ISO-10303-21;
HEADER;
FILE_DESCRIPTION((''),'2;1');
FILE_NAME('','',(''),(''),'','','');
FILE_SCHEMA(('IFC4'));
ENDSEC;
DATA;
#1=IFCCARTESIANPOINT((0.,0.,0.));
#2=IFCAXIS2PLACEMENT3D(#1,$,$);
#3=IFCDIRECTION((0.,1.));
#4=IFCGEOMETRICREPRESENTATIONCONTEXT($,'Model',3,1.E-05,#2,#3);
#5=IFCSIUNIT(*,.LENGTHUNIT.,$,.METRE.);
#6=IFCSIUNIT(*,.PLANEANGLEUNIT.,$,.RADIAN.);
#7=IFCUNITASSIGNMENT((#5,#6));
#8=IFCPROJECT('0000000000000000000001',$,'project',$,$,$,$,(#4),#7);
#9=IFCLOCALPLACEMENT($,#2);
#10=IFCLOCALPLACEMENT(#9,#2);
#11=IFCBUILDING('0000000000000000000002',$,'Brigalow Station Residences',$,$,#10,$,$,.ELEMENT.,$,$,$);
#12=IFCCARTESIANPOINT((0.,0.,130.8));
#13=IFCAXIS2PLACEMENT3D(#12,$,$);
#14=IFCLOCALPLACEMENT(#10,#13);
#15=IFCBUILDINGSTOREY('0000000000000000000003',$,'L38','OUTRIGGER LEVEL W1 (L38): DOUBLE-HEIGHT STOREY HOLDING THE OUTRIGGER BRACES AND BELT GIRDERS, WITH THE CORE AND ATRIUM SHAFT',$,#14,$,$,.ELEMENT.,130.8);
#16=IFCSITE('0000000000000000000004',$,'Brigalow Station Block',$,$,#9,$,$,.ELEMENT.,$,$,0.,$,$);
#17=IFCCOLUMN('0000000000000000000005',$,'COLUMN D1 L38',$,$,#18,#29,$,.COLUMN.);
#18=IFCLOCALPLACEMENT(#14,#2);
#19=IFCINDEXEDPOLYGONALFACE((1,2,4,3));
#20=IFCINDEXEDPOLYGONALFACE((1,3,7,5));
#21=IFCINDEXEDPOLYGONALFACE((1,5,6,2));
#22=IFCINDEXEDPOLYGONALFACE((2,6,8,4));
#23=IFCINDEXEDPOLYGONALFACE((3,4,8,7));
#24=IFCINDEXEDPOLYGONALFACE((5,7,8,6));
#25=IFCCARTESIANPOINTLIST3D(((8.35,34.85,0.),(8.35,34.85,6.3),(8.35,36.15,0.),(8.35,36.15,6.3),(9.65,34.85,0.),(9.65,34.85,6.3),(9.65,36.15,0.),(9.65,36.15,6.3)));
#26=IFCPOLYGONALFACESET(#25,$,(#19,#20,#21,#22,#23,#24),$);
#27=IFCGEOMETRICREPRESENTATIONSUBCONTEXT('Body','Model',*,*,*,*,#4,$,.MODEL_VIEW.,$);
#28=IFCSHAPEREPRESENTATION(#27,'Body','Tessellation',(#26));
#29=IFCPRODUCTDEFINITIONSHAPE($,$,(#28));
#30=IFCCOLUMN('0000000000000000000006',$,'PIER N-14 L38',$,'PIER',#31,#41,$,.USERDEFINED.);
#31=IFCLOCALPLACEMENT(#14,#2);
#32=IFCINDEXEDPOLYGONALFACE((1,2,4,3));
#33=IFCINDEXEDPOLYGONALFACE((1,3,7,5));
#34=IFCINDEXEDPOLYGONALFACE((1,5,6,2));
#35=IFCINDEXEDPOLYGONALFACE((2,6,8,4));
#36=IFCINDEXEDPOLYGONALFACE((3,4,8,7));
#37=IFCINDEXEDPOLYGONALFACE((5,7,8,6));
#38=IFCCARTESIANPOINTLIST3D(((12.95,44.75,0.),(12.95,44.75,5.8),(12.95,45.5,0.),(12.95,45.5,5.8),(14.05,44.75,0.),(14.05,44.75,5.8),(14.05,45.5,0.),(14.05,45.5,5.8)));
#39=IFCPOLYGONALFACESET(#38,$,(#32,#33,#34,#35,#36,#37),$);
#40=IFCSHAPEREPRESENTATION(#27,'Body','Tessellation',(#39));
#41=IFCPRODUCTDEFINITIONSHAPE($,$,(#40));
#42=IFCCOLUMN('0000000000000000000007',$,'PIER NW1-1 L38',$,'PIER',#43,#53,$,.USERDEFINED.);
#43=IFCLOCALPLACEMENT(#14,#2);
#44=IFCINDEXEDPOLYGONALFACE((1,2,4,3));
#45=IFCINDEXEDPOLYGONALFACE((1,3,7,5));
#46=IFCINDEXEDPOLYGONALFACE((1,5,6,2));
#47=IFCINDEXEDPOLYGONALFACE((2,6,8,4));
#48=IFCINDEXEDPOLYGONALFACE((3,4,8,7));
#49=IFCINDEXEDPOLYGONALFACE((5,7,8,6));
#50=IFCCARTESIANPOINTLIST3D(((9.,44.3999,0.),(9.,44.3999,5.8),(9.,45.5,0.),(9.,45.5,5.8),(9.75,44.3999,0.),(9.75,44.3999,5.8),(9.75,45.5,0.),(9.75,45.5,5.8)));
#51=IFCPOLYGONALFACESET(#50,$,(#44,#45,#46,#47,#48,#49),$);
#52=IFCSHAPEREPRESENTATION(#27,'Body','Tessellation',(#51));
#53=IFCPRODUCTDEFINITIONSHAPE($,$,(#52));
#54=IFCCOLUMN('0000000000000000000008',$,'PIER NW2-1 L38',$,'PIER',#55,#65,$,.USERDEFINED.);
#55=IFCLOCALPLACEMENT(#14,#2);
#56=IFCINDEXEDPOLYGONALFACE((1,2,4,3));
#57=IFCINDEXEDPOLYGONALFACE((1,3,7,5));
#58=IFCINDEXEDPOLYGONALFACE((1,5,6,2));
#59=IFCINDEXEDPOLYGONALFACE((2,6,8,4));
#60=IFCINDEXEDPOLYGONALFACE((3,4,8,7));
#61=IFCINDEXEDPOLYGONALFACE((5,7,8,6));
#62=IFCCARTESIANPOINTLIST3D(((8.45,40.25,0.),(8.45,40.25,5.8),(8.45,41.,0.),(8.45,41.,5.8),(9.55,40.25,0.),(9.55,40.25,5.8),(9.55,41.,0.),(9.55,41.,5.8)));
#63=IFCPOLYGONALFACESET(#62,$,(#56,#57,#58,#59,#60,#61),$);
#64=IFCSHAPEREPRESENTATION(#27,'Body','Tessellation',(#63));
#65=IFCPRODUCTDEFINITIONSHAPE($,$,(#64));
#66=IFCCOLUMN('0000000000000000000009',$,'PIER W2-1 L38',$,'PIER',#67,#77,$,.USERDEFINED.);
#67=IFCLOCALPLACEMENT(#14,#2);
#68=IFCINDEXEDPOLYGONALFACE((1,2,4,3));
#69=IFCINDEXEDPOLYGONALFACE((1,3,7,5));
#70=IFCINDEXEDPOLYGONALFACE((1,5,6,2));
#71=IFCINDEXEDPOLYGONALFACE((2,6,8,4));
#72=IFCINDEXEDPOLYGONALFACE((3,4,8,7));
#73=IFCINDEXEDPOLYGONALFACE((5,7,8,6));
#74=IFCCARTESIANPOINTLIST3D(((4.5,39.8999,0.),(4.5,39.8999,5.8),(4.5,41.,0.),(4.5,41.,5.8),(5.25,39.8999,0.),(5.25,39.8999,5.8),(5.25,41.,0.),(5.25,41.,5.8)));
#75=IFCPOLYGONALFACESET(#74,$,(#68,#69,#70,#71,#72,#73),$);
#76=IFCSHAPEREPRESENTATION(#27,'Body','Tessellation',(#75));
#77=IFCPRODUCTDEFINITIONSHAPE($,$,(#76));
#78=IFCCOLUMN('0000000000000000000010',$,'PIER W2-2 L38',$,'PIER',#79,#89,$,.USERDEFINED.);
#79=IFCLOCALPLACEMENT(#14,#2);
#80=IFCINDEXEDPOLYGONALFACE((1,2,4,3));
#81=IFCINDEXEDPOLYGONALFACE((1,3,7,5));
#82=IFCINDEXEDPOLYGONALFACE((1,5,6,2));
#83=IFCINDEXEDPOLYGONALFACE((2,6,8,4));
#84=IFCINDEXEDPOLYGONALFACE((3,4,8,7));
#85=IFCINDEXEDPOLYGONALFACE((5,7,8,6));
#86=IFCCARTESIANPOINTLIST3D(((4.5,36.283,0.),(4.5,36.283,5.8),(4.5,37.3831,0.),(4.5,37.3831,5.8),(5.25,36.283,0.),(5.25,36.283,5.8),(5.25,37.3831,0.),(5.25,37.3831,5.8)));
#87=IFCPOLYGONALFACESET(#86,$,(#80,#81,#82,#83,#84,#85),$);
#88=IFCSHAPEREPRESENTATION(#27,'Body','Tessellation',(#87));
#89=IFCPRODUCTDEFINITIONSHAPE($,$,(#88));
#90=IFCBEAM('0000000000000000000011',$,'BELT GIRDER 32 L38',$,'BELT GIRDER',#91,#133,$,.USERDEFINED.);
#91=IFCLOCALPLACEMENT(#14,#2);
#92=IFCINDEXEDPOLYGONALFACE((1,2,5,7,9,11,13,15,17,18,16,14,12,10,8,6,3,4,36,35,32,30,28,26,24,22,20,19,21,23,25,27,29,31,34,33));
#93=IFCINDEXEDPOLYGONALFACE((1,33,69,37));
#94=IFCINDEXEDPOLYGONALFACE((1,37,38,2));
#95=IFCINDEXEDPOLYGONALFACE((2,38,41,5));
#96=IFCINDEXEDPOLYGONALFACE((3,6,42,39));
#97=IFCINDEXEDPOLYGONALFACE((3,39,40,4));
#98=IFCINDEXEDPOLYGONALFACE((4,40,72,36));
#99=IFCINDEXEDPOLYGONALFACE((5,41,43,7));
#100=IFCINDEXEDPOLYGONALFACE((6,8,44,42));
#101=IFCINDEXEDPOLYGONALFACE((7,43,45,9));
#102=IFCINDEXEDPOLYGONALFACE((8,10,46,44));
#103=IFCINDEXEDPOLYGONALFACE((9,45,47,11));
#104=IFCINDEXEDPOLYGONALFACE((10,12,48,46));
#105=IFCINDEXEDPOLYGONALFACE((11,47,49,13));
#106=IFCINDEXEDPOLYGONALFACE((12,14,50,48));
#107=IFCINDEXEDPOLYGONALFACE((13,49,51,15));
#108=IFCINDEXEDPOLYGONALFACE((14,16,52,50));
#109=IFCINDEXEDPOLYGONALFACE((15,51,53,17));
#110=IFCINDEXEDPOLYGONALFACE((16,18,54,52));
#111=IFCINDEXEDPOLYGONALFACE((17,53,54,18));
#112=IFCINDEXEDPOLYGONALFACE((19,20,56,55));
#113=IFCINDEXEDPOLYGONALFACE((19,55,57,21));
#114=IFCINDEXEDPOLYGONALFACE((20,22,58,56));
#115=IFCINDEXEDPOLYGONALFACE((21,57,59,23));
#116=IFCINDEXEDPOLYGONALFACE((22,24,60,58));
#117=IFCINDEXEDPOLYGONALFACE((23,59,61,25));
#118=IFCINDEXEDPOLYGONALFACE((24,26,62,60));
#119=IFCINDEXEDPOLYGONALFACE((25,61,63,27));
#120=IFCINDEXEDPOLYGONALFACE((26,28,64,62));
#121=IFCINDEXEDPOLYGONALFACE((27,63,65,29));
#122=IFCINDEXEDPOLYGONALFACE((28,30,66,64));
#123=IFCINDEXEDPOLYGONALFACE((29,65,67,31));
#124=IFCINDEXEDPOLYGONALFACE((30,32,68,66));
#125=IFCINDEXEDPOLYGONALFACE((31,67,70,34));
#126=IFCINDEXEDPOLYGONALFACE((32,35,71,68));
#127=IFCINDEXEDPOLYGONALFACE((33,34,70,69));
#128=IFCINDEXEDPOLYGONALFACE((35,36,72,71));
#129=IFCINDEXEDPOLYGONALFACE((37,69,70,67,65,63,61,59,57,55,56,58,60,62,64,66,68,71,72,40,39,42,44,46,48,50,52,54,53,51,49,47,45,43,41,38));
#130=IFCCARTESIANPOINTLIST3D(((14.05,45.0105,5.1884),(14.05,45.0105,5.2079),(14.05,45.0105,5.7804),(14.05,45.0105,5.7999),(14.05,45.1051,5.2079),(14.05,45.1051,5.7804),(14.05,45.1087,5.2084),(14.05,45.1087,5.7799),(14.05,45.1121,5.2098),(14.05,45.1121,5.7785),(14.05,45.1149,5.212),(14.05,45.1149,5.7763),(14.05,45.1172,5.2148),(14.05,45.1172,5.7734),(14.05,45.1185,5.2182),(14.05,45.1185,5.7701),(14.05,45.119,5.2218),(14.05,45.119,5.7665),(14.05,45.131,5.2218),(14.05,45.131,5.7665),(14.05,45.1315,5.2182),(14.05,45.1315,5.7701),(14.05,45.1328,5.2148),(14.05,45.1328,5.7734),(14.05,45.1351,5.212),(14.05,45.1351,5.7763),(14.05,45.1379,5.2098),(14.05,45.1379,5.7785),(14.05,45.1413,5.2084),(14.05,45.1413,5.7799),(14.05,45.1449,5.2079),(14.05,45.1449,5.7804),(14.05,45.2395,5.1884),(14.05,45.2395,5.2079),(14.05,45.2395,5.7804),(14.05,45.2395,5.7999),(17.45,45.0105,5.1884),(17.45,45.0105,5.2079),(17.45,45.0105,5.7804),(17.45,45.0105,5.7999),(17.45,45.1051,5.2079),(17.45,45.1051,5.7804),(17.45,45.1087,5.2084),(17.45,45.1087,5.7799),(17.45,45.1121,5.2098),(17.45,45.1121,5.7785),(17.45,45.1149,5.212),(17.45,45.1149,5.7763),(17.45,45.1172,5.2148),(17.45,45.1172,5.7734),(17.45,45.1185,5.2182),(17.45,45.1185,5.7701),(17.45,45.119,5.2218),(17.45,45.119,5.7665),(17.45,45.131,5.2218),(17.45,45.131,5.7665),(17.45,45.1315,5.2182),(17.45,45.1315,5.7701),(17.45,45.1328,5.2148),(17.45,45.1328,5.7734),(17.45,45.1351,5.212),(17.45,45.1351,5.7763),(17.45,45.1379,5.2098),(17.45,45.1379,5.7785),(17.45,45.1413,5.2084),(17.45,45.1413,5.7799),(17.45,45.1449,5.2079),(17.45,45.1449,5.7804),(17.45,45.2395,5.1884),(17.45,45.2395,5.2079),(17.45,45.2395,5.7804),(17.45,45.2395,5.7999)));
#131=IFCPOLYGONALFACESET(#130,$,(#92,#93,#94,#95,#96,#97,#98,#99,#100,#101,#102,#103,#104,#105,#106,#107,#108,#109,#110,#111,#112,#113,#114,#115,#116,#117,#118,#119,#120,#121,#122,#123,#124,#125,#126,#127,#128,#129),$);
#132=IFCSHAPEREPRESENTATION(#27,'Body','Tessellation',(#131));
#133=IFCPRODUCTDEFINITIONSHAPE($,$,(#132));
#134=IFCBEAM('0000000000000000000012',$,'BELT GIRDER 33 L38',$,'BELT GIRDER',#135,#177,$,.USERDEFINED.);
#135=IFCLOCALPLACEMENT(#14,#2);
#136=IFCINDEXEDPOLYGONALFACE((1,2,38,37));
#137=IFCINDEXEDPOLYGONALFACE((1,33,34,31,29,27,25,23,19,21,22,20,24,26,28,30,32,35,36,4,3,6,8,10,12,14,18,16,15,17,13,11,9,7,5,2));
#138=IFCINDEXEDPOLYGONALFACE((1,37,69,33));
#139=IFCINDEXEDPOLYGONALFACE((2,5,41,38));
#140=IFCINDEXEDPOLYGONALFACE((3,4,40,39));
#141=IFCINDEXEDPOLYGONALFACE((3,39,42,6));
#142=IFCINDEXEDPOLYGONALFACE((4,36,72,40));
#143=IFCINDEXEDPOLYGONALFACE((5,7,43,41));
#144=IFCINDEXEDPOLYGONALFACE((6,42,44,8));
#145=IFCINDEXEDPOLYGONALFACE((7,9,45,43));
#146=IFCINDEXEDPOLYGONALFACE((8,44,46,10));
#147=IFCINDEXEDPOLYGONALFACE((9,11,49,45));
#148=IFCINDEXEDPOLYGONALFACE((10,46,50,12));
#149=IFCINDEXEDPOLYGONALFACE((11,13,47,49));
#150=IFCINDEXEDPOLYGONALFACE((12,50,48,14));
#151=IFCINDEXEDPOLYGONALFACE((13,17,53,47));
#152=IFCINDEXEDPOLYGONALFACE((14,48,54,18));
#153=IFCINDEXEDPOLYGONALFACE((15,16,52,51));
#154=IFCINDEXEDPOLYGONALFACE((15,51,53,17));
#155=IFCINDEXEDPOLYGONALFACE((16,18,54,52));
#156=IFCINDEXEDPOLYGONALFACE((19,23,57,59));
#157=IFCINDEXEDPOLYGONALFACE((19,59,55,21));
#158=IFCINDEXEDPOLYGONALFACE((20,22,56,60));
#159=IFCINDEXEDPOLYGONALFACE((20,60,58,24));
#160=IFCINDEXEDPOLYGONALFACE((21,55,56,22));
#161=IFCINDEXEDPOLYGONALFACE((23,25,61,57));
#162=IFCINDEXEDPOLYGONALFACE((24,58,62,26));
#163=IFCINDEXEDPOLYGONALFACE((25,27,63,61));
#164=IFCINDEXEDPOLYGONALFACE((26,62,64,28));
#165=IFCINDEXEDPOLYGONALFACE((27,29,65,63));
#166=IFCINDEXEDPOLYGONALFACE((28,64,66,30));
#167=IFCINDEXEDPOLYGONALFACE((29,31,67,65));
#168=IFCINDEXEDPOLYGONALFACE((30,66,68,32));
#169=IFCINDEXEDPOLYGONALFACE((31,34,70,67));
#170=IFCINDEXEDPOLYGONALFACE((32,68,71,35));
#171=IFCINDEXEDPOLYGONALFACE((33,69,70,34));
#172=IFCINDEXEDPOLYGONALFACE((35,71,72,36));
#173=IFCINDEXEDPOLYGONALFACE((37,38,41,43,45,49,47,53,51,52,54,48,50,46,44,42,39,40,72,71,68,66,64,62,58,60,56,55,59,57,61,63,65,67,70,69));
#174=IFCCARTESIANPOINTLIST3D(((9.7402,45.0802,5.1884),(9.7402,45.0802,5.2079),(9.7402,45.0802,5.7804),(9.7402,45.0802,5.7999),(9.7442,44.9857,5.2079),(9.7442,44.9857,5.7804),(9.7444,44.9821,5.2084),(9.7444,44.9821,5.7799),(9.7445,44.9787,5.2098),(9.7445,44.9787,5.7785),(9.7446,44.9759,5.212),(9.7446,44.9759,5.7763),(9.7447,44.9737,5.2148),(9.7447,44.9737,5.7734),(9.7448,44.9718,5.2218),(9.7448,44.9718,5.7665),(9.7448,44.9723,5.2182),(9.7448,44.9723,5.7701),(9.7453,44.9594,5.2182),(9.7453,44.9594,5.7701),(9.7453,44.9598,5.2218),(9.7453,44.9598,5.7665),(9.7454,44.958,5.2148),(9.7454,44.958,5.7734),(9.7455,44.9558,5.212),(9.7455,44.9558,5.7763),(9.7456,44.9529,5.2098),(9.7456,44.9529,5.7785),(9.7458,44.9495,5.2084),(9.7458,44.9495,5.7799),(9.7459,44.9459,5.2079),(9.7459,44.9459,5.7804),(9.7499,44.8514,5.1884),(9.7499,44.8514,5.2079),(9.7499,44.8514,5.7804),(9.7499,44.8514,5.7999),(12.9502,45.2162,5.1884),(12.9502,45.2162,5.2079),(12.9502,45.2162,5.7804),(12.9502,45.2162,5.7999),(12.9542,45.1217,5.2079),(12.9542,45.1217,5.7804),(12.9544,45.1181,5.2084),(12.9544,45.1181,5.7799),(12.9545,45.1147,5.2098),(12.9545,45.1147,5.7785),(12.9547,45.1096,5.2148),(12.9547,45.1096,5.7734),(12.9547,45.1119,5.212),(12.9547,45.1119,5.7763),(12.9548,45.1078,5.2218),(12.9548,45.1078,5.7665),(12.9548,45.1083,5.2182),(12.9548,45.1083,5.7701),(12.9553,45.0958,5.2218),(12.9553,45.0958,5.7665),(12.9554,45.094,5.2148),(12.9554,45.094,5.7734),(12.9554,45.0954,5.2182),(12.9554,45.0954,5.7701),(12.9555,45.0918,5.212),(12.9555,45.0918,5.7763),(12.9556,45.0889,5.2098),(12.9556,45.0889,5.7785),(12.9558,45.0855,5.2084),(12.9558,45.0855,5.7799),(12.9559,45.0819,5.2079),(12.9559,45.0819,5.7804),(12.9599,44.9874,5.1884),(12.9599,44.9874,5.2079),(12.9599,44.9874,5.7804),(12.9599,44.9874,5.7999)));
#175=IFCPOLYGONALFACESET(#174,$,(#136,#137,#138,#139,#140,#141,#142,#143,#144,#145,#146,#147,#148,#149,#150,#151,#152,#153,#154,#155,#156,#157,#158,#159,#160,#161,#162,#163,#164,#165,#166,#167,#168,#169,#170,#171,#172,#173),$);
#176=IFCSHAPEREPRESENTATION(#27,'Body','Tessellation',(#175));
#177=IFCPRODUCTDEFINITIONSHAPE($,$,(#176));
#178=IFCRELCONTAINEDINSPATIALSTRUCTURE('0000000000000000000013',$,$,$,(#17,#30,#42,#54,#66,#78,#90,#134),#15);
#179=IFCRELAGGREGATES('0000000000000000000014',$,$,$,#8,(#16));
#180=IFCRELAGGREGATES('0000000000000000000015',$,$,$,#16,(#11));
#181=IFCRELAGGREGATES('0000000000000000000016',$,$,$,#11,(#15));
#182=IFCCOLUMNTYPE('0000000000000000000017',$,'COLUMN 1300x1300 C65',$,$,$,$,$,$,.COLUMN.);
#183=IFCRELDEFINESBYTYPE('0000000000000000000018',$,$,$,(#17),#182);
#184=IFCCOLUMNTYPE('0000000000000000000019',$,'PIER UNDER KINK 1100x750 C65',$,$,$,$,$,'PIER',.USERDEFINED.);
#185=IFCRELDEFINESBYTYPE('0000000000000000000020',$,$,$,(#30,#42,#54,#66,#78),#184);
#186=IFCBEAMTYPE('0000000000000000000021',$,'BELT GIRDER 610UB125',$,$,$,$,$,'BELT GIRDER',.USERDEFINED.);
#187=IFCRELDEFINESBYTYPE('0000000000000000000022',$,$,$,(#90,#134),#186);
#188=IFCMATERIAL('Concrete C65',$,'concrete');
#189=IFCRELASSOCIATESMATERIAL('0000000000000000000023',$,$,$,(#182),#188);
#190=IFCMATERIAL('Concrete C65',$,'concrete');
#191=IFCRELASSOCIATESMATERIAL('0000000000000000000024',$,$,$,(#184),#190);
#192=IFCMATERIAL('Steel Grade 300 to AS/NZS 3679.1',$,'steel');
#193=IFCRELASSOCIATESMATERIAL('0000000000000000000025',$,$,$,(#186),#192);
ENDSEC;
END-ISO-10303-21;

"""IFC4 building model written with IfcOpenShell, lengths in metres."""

from ifc_helpers import new_model, si_unit, direction, frame, origin, origin_2d, place, context, subcontext, project, spatial, rectangle, i_section, extrude, material, material_profile, profile_set, type_object, element, save


model = new_model("IFC4")

# Units and contexts
model_context = context("Model", 3, precision=1e-05, world=origin(), true_north=direction((0.0, 1.0)))
body_context = subcontext(model_context, "Body", "Model", "MODEL_VIEW")
ifc_project = project(units=[si_unit("LENGTHUNIT", "METRE"), si_unit("PLANEANGLEUNIT", "RADIAN")], contexts=[model_context])

# Site, building, storey
site_placement = place(None, origin())
site = spatial("IfcSite", under=ifc_project, at=site_placement, Name="Brigalow Station Block", CompositionType="ELEMENT", RefElevation=0.0)
building_placement = place(site_placement, origin())
building = spatial("IfcBuilding", under=site, at=building_placement, Name="Brigalow Station Residences", CompositionType="ELEMENT")
storey_placement = place(building_placement, frame((0.0, 0.0, 130.8)))
storey = spatial("IfcBuildingStorey", under=building, at=storey_placement, Name="L38", Description="OUTRIGGER LEVEL W1 (L38): DOUBLE-HEIGHT STOREY HOLDING THE OUTRIGGER BRACES AND BELT GIRDERS, WITH THE CORE AND ATRIUM SHAFT", CompositionType="ELEMENT", Elevation=130.8)

# Columns
ifc_material_1 = material(Name="Concrete C65", Category="concrete")
ifc_material_profile_1 = material_profile(ifc_material_1, rectangle(XDim=1.3, YDim=1.3, at=origin_2d()), Name="RC1300x1300")
ifc_profile_set_1 = profile_set([ifc_material_profile_1], Name="Concrete C65")
column_type_1 = type_object("IfcColumnType", Name="COLUMN 1300x1300 C65", PredefinedType="COLUMN", material=ifc_profile_set_1)
column_placement = place(storey_placement, frame((9.0, 35.5, 0.0), z_axis=(0.0, 0.0, 1.0), x_axis=(1.0, 0.0, 0.0)))
element("IfcColumn", 1, at=column_placement, inside=storey, type_object=column_type_1, Name="COLUMN D1 L38", PredefinedType="COLUMN", context=body_context, shape_type="SweptSolid", body=[
    extrude(rectangle(XDim=1.3, YDim=1.3, at=origin_2d()), origin(), (0.0, 0.0, 1.0), 6.3),
])
ifc_material_2 = material(Name="Concrete C65", Category="concrete")
ifc_material_profile_2 = material_profile(ifc_material_2, rectangle(XDim=1.1001, YDim=0.75, at=origin_2d()), Name="RC1100x750")
ifc_profile_set_2 = profile_set([ifc_material_profile_2], Name="Concrete C65")
column_type_2 = type_object("IfcColumnType", Name="PIER UNDER KINK 1100x750 C65", ElementType="PIER", PredefinedType="USERDEFINED", material=ifc_profile_set_2)
for number, where, z_axis, x_axis, name in (
    (2, (13.5, 45.125, 0.0), (0.0, 0.0, 1.0), (-1.0, 0.0, 0.0), "PIER N-14 L38"),
    (3, (9.375, 44.95, 0.0), (0.0, 0.0, 1.0), (0.0, -1.0, 0.0), "PIER NW1-1 L38"),
    (4, (9.0, 40.625, 0.0), (0.0, 0.0, 1.0), (-1.0, 0.0, 0.0), "PIER NW2-1 L38"),
    (5, (4.875, 40.45, 0.0), (0.0, 0.0, 1.0), (0.0, -1.0, 0.0), "PIER W2-1 L38"),
    (6, (4.875, 36.833, 0.0), (0.0, 0.0, 1.0), (0.0, -1.0, 0.0), "PIER W2-2 L38"),
):
    element("IfcColumn", number, at=place(storey_placement, frame(where, z_axis=z_axis, x_axis=x_axis)), inside=storey, type_object=column_type_2, Name=name, ObjectType="PIER", PredefinedType="USERDEFINED", context=body_context, shape_type="SweptSolid", body=[
        extrude(rectangle(XDim=1.1001, YDim=0.75, at=origin_2d()), origin(), (0.0, 0.0, 1.0), 5.8),
    ])

# Beams
ifc_material_3 = material(Name="Steel Grade 300 to AS/NZS 3679.1", Category="steel")
ifc_material_profile_3 = material_profile(ifc_material_3, i_section(OverallWidth=0.229, OverallDepth=0.6116, WebThickness=0.012, FlangeThickness=0.0195, FilletRadius=0.0139, at=origin_2d()), Name="610UB125")
ifc_profile_set_3 = profile_set([ifc_material_profile_3], Name="Steel Grade 300 to AS/NZS 3679.1")
beam_type = type_object("IfcBeamType", Name="BELT GIRDER 610UB125", ElementType="BELT GIRDER", PredefinedType="USERDEFINED", material=ifc_profile_set_3)
beam_1_placement = place(storey_placement, frame((17.45, 45.125, 5.4941), z_axis=(-1.0, 0.0, 0.0), x_axis=(0.0, -1.0, 0.0)))
element("IfcBeam", 7, at=beam_1_placement, inside=storey, type_object=beam_type, Name="BELT GIRDER 32 L38", ObjectType="BELT GIRDER", PredefinedType="USERDEFINED", context=body_context, shape_type="SweptSolid", body=[
    extrude(i_section(OverallWidth=0.229, OverallDepth=0.6116, WebThickness=0.012, FlangeThickness=0.0195, FilletRadius=0.0139, at=origin_2d()), origin(), (0.0, 0.0, 1.0), 3.3999),
])
beam_2_placement = place(storey_placement, frame((12.9551, 45.1018, 5.4941), z_axis=(-0.999104, -0.042326, 0.0), x_axis=(0.042326, -0.999104, 0.0)))
element("IfcBeam", 8, at=beam_2_placement, inside=storey, type_object=beam_type, Name="BELT GIRDER 33 L38", ObjectType="BELT GIRDER", PredefinedType="USERDEFINED", context=body_context, shape_type="SweptSolid", body=[
    extrude(i_section(OverallWidth=0.229, OverallDepth=0.6116, WebThickness=0.012, FlangeThickness=0.0195, FilletRadius=0.0139, at=origin_2d()), origin(), (0.0, 0.0, 1.0), 3.2129),
])

save(model, "model.ifc")
